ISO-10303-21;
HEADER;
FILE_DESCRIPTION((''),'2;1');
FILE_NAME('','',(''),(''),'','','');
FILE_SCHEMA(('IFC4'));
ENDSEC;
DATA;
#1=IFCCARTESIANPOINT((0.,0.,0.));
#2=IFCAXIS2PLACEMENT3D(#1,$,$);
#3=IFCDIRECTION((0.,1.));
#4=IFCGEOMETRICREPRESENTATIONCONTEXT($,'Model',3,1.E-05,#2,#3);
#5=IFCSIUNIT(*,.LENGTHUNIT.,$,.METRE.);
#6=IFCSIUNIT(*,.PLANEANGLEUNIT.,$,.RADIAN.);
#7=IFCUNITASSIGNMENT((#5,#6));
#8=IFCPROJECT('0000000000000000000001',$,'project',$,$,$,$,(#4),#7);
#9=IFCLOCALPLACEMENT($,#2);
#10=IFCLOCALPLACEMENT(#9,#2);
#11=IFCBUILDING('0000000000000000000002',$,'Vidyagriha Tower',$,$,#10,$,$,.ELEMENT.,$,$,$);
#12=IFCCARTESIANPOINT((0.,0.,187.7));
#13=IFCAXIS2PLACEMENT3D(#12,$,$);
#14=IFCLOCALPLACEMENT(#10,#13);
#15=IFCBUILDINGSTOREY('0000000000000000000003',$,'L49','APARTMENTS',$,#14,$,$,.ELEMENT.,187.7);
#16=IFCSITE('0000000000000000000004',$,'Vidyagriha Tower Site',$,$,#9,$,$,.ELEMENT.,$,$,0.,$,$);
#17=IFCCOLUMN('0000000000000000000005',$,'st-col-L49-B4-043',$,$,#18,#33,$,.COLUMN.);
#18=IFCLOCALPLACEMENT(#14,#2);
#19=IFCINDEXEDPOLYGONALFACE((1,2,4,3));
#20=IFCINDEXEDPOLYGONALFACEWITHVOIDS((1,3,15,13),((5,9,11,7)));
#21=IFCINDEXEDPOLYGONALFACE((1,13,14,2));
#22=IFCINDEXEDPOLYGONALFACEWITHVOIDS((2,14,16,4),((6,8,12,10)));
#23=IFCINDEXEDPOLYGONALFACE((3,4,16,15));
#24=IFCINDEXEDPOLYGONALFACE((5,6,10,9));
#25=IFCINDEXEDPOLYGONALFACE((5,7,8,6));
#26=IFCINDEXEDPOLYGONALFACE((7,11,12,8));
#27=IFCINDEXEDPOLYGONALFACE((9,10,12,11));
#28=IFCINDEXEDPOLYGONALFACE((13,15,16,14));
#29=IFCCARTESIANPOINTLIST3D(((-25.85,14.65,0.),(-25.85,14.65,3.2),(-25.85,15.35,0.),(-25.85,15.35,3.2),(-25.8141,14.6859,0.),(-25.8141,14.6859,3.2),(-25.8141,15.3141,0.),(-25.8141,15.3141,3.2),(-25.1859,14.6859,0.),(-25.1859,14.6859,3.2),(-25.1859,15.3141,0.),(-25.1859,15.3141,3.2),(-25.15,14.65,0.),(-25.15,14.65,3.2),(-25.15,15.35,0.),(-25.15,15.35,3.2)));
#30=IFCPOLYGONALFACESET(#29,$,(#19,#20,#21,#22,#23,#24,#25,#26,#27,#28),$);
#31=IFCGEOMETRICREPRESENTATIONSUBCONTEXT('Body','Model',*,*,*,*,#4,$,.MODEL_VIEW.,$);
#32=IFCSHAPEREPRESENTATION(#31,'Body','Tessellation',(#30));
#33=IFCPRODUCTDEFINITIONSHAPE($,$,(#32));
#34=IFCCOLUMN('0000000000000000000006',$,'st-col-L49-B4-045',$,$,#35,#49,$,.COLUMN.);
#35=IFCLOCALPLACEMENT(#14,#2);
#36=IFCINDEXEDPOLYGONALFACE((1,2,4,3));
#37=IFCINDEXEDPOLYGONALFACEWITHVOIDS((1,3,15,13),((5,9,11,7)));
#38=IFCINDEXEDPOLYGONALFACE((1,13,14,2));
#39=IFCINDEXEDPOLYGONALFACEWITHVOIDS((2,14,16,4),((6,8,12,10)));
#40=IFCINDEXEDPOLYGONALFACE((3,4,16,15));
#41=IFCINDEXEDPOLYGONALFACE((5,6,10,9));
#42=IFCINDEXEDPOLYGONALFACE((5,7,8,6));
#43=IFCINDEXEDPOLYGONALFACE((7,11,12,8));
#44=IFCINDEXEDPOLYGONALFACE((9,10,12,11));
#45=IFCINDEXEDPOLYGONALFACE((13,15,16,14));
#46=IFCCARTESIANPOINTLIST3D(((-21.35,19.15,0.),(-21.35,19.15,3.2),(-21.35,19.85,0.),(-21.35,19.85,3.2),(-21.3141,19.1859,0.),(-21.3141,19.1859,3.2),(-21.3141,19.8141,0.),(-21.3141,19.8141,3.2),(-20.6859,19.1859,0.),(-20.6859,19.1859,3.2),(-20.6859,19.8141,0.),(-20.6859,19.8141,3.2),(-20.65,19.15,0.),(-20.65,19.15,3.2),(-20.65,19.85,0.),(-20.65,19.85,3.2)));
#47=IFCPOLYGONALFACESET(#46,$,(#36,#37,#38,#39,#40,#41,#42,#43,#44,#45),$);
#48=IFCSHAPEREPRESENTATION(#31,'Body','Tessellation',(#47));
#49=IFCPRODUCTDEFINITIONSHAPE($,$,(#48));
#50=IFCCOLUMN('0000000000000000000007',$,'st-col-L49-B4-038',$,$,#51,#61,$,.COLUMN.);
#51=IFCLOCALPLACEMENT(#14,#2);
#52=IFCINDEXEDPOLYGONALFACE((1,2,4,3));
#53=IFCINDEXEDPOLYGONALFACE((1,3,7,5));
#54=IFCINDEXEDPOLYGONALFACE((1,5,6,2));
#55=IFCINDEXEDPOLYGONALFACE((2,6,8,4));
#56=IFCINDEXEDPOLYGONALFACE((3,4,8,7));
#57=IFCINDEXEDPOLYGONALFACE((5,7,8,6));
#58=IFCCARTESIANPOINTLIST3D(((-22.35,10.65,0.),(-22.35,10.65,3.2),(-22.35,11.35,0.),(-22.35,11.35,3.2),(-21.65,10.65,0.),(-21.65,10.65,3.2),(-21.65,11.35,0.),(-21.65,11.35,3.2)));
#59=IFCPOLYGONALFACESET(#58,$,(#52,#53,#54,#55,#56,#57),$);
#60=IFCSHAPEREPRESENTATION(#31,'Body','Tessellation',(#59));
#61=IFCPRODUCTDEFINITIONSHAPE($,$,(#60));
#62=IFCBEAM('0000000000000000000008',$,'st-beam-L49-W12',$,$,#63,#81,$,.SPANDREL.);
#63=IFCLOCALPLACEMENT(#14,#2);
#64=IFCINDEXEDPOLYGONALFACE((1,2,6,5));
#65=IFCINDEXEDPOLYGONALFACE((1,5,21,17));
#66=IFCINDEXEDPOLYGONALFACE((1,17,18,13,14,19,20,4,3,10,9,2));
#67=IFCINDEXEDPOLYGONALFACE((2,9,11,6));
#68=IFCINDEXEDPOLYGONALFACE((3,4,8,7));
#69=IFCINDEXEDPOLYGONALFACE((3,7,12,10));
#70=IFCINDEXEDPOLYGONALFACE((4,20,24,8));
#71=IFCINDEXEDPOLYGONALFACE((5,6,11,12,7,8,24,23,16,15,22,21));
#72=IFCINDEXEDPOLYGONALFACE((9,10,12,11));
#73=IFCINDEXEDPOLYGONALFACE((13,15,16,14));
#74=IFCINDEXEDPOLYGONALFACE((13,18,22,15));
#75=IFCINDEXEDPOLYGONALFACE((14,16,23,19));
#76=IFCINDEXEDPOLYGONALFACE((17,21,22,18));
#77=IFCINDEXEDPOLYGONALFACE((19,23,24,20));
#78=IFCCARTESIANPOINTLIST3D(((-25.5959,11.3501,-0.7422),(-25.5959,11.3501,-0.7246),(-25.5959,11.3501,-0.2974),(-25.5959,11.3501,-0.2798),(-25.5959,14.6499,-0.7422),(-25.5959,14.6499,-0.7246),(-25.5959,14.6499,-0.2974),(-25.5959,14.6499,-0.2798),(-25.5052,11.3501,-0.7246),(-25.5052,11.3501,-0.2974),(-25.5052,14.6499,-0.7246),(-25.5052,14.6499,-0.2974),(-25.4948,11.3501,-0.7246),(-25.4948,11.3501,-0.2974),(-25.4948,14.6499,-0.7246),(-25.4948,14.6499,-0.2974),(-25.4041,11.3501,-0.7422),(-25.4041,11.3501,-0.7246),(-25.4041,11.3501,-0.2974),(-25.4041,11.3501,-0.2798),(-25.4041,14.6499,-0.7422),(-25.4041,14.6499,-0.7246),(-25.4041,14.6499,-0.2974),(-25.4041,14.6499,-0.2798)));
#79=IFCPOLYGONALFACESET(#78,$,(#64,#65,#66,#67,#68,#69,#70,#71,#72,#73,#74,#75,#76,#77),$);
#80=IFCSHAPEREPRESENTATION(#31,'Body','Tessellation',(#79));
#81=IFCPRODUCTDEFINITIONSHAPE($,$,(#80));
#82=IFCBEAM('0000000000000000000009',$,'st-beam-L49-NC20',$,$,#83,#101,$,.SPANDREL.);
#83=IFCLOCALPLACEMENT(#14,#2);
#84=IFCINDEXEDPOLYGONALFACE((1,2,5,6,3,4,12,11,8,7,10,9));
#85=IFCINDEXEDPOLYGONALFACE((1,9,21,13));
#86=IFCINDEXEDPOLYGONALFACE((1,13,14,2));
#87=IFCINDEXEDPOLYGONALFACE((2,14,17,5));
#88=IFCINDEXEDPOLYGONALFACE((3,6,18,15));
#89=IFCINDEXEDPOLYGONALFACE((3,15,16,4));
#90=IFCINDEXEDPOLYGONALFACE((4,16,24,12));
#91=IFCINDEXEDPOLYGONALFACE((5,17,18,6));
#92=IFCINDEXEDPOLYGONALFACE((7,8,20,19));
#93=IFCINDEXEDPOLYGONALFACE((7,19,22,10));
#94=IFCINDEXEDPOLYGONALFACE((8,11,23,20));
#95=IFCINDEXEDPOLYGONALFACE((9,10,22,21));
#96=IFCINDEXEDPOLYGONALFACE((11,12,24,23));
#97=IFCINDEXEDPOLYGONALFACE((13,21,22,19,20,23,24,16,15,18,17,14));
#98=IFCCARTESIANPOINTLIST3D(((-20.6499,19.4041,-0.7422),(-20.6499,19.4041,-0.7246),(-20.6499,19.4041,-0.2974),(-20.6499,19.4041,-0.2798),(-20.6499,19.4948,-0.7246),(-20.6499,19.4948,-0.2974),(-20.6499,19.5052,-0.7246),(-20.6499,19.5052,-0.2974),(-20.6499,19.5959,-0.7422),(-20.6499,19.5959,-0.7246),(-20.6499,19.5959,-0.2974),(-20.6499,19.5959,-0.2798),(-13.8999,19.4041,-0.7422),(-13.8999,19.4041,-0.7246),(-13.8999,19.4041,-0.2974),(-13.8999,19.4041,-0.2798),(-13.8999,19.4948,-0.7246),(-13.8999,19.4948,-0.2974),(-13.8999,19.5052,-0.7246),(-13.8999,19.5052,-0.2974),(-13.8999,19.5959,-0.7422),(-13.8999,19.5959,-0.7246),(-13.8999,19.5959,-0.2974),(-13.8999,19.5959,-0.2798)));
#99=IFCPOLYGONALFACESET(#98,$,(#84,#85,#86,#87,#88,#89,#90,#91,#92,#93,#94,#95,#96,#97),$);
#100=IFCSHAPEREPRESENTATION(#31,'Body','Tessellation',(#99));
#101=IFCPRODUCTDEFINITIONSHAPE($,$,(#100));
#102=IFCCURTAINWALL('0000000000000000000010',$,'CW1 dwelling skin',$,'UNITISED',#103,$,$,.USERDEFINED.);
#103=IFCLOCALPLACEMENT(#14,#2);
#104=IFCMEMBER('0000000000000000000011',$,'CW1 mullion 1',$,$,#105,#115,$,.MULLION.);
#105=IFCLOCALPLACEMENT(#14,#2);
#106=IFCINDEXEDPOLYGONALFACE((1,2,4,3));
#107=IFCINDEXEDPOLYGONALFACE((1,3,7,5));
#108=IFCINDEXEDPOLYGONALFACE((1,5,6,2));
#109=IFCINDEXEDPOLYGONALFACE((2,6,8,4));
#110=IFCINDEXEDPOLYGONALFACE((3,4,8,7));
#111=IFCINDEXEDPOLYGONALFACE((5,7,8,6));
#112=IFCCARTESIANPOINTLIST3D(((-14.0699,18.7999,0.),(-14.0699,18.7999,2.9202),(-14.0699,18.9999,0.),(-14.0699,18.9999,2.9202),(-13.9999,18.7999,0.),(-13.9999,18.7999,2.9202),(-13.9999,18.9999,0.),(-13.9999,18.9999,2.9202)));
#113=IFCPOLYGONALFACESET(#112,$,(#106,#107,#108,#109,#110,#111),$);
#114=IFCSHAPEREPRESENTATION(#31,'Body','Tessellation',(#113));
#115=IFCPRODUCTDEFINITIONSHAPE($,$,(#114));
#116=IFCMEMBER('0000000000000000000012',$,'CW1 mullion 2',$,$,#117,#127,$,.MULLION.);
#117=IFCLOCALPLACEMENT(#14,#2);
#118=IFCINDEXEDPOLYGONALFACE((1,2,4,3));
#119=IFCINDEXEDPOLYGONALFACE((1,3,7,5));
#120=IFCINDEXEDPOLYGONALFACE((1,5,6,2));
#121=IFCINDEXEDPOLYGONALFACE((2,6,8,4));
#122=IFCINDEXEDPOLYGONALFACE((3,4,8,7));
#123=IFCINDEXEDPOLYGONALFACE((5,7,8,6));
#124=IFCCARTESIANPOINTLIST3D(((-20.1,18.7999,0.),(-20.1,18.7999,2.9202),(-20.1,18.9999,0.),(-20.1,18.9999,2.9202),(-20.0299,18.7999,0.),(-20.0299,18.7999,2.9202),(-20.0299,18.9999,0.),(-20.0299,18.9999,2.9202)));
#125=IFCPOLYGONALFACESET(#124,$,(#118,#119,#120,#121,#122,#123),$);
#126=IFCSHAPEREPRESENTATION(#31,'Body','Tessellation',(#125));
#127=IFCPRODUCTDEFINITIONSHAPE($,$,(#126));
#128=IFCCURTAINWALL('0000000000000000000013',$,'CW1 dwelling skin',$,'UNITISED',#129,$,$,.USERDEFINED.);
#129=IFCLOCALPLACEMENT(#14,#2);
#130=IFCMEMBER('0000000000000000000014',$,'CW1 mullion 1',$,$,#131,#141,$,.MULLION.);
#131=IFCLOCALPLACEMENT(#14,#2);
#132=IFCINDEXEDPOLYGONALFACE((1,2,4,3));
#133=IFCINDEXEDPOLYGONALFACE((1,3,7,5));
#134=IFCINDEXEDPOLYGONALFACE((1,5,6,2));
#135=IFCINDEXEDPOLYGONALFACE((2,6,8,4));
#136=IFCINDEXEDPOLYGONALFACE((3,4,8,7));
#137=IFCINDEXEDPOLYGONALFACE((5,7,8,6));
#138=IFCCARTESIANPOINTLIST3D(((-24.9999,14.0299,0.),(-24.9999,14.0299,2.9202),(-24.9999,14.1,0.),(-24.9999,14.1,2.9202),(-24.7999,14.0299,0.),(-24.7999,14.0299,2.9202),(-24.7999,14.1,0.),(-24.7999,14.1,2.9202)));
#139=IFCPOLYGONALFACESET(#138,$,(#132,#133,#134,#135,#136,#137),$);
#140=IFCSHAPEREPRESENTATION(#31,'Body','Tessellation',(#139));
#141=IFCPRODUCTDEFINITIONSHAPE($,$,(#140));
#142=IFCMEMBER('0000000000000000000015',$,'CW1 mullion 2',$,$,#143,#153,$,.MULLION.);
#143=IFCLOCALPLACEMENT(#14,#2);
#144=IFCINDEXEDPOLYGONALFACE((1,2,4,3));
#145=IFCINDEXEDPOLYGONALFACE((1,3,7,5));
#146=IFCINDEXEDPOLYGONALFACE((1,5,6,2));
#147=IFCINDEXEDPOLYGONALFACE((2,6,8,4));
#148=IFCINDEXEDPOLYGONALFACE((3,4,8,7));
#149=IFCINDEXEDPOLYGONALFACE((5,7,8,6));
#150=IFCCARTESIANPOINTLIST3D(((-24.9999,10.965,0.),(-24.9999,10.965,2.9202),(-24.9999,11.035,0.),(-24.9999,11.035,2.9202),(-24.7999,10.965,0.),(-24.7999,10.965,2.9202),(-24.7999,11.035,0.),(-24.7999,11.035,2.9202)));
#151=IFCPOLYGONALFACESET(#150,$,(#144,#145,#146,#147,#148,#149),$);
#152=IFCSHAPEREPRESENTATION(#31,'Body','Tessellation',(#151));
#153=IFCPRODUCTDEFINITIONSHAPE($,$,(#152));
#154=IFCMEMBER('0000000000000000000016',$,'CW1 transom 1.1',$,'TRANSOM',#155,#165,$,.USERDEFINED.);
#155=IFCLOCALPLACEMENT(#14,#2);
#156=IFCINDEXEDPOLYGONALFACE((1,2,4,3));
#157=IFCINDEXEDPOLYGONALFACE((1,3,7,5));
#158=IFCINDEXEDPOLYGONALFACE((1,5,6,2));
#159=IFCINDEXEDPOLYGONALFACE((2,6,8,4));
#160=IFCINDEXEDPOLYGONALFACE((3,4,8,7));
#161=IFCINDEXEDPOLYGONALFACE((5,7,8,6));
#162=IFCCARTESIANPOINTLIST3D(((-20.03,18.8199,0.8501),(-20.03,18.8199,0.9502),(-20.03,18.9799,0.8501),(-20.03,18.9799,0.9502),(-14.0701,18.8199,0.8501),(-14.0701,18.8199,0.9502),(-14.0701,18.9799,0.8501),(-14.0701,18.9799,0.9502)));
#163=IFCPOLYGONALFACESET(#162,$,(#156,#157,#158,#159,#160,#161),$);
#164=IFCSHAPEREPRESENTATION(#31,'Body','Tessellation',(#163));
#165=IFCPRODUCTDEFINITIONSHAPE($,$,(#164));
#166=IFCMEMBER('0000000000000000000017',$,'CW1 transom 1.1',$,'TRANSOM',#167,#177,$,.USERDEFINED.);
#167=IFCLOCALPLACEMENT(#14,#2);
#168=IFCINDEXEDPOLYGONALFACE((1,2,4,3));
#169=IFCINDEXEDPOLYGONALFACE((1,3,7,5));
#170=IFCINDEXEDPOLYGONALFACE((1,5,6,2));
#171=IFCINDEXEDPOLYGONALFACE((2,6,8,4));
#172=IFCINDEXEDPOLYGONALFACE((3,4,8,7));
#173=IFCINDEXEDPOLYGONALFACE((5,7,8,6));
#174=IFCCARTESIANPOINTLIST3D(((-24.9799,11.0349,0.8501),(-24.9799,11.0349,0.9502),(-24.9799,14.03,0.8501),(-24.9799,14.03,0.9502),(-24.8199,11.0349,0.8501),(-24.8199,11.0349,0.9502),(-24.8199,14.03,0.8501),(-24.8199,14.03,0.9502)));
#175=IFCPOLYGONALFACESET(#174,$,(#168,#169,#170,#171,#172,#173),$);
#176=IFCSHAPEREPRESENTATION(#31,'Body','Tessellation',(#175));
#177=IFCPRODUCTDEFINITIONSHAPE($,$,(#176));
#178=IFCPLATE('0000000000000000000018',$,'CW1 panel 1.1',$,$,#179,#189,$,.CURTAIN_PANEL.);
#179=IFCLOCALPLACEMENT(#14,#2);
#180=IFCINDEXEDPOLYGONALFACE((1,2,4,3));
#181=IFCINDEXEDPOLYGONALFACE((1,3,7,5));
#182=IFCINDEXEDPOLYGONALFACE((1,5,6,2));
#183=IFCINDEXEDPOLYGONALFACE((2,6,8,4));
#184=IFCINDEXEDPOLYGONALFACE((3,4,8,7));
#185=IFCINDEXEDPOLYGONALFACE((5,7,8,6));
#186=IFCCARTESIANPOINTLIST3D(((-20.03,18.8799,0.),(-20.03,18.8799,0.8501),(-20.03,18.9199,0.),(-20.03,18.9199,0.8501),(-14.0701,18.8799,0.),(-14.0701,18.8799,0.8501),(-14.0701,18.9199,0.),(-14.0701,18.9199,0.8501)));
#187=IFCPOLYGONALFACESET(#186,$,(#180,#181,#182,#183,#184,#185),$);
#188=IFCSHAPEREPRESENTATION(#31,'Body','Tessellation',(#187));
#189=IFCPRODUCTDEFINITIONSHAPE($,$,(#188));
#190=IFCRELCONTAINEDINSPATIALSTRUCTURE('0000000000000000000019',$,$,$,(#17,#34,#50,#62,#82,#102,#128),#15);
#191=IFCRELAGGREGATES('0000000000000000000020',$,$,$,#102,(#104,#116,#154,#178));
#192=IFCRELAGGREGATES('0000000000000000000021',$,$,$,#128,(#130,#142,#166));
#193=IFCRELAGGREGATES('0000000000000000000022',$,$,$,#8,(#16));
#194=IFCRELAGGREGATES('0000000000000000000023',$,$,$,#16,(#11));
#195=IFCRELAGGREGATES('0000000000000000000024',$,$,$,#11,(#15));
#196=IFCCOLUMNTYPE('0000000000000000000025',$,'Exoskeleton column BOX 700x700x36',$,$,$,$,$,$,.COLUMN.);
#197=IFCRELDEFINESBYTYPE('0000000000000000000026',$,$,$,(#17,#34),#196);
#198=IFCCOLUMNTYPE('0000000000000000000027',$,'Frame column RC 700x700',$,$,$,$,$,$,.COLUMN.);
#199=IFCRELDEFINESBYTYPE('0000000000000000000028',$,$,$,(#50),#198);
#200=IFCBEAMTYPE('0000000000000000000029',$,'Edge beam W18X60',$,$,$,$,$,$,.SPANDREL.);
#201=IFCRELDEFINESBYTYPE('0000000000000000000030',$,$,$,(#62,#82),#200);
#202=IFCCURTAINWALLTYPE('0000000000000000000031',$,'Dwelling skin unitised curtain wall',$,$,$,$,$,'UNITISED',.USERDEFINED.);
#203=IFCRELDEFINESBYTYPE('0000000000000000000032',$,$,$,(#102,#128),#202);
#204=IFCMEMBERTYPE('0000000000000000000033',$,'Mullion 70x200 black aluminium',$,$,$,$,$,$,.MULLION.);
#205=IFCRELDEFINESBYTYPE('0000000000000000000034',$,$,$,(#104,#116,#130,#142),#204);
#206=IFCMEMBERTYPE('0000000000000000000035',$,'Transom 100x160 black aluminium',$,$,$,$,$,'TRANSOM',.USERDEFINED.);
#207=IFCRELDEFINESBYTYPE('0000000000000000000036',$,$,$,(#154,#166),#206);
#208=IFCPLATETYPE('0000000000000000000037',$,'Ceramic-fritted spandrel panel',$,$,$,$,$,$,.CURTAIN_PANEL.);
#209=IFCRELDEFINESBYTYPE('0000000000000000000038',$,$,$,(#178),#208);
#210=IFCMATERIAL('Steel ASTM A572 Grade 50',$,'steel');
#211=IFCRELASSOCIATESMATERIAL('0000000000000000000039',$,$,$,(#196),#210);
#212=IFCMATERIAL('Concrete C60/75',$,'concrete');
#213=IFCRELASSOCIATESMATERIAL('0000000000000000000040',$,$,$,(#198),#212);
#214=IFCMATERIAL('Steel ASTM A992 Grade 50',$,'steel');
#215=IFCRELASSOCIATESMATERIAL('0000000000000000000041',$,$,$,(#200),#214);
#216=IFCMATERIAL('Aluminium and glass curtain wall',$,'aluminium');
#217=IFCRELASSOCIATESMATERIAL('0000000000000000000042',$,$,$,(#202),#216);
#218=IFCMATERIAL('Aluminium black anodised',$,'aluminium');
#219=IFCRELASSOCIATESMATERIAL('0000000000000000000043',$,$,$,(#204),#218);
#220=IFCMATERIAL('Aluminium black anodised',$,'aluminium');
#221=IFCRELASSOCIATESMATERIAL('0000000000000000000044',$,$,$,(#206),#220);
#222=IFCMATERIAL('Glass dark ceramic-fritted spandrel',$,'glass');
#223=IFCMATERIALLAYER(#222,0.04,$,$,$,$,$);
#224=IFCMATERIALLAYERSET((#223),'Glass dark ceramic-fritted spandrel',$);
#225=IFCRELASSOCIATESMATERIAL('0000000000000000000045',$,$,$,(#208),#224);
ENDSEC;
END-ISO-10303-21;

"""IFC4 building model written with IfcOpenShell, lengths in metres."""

from ifc_helpers import new_model, si_unit, direction, frame, origin, origin_2d, place, context, subcontext, project, spatial, rectangle, hollow_rectangle, i_section, extrude, material, layer, layer_set, material_profile, profile_set, type_object, element, aggregate, save


model = new_model("IFC4")

# Units and contexts
model_context = context("Model", 3, precision=1e-05, world=origin(), true_north=direction((0.0, 1.0)))
body_context = subcontext(model_context, "Body", "Model", "MODEL_VIEW")
ifc_project = project(units=[si_unit("LENGTHUNIT", "METRE"), si_unit("PLANEANGLEUNIT", "RADIAN")], contexts=[model_context])

# Site, building, storey
site_placement = place(None, origin())
site = spatial("IfcSite", under=ifc_project, at=site_placement, Name="Vidyagriha Tower Site", CompositionType="ELEMENT", RefElevation=0.0)
building_placement = place(site_placement, origin())
building = spatial("IfcBuilding", under=site, at=building_placement, Name="Vidyagriha Tower", CompositionType="ELEMENT")
storey_placement = place(building_placement, frame((0.0, 0.0, 187.7)))
storey = spatial("IfcBuildingStorey", under=building, at=storey_placement, Name="L49", Description="APARTMENTS", CompositionType="ELEMENT", Elevation=187.7)

# Columns
ifc_material_1 = material(Name="Steel ASTM A572 Grade 50", Category="steel")
ifc_material_profile_1 = material_profile(ifc_material_1, hollow_rectangle(XDim=0.7, YDim=0.7, WallThickness=0.0359, at=origin_2d()), Name="BOX 700x700x36")
ifc_profile_set_1 = profile_set([ifc_material_profile_1], Name="Steel ASTM A572 Grade 50")
column_type_1 = type_object("IfcColumnType", Name="Exoskeleton column BOX 700x700x36", PredefinedType="COLUMN", material=ifc_profile_set_1)
for number, where, name in (
    (1, (-25.5, 15.0, 0.0), "st-col-L49-B4-043"),
    (2, (-21.0, 19.5, 0.0), "st-col-L49-B4-045"),
):
    element("IfcColumn", number, at=place(storey_placement, frame(where)), inside=storey, type_object=column_type_1, Name=name, PredefinedType="COLUMN", context=body_context, shape_type="SweptSolid", body=[
        extrude(hollow_rectangle(XDim=0.7, YDim=0.7, WallThickness=0.0359, at=origin_2d()), origin(), (0.0, 0.0, 1.0), 3.2),
    ])
ifc_material_2 = material(Name="Concrete C60/75", Category="concrete")
ifc_material_profile_2 = material_profile(ifc_material_2, rectangle(XDim=0.7, YDim=0.7, at=origin_2d()), Name="RC 700x700")
ifc_profile_set_2 = profile_set([ifc_material_profile_2], Name="Concrete C60/75")
column_type_2 = type_object("IfcColumnType", Name="Frame column RC 700x700", PredefinedType="COLUMN", material=ifc_profile_set_2)
column_placement = place(storey_placement, frame((-22.0, 11.0, 0.0)))
element("IfcColumn", 3, at=column_placement, inside=storey, type_object=column_type_2, Name="st-col-L49-B4-038", PredefinedType="COLUMN", context=body_context, shape_type="SweptSolid", body=[
    extrude(rectangle(XDim=0.7, YDim=0.7, at=origin_2d()), origin(), (0.0, 0.0, 1.0), 3.2),
])

# Beams
ifc_material_3 = material(Name="Steel ASTM A992 Grade 50", Category="steel")
ifc_material_profile_3 = material_profile(ifc_material_3, i_section(OverallWidth=0.1919, OverallDepth=0.4624, WebThickness=0.0105, FlangeThickness=0.0176, at=origin_2d()), Name="W18X60")
ifc_profile_set_3 = profile_set([ifc_material_profile_3], Name="Steel ASTM A992 Grade 50")
beam_type = type_object("IfcBeamType", Name="Edge beam W18X60", PredefinedType="SPANDREL", material=ifc_profile_set_3)
beam_1_placement = place(storey_placement, frame((-25.5, 11.3501, -0.511), z_axis=(0.0, 1.0, 0.0), x_axis=(-1.0, 0.0, 0.0)))
element("IfcBeam", 4, at=beam_1_placement, inside=storey, type_object=beam_type, Name="st-beam-L49-W12", PredefinedType="SPANDREL", context=body_context, shape_type="SweptSolid", body=[
    extrude(i_section(OverallWidth=0.1919, OverallDepth=0.4624, WebThickness=0.0105, FlangeThickness=0.0176, at=origin_2d()), origin(), (0.0, 0.0, 1.0), 3.2998),
])
beam_2_placement = place(storey_placement, frame((-20.6499, 19.5, -0.511), z_axis=(1.0, 0.0, 0.0), x_axis=(0.0, 1.0, 0.0)))
element("IfcBeam", 5, at=beam_2_placement, inside=storey, type_object=beam_type, Name="st-beam-L49-NC20", PredefinedType="SPANDREL", context=body_context, shape_type="SweptSolid", body=[
    extrude(i_section(OverallWidth=0.1919, OverallDepth=0.4624, WebThickness=0.0105, FlangeThickness=0.0176, at=origin_2d()), origin(), (0.0, 0.0, 1.0), 6.75),
])

# Curtain walls, members
ifc_material_4 = material(Name="Aluminium and glass curtain wall", Category="aluminium")
curtain_wall_type = type_object("IfcCurtainWallType", Name="Dwelling skin unitised curtain wall", ElementType="UNITISED", PredefinedType="USERDEFINED", material=ifc_material_4)
curtain_wall_1_placement = place(storey_placement, origin())
curtain_wall_1 = element("IfcCurtainWall", 6, at=curtain_wall_1_placement, inside=storey, type_object=curtain_wall_type, Name="CW1 dwelling skin", ObjectType="UNITISED", PredefinedType="USERDEFINED")
ifc_material_5 = material(Name="Aluminium black anodised", Category="aluminium")
ifc_material_profile_4 = material_profile(ifc_material_5, rectangle(XDim=0.2, YDim=0.0701, at=origin_2d()), Name="Mullion 70x200 black aluminium")
ifc_profile_set_4 = profile_set([ifc_material_profile_4], Name="Aluminium black anodised")
member_type_1 = type_object("IfcMemberType", Name="Mullion 70x200 black aluminium", PredefinedType="MULLION", material=ifc_profile_set_4)
member_1_placement = place(storey_placement, frame((-14.0349, 18.8999, 0.0), z_axis=(0.0, 0.0, 1.0), x_axis=(0.0, -1.0, 0.0)))
member_1 = element("IfcMember", 7, at=member_1_placement, type_object=member_type_1, Name="CW1 mullion 1", PredefinedType="MULLION", context=body_context, shape_type="SweptSolid", body=[
    extrude(rectangle(XDim=0.2, YDim=0.0701, at=origin_2d()), origin(), (0.0, 0.0, 1.0), 2.9202),
])
member_2_placement = place(storey_placement, frame((-20.0649, 18.8999, 0.0), z_axis=(0.0, 0.0, 1.0), x_axis=(0.0, -1.0, 0.0)))
member_2 = element("IfcMember", 8, at=member_2_placement, type_object=member_type_1, Name="CW1 mullion 2", PredefinedType="MULLION", context=body_context, shape_type="SweptSolid", body=[
    extrude(rectangle(XDim=0.2, YDim=0.0701, at=origin_2d()), origin(), (0.0, 0.0, 1.0), 2.9202),
])
curtain_wall_2_placement = place(storey_placement, origin())
curtain_wall_2 = element("IfcCurtainWall", 9, at=curtain_wall_2_placement, inside=storey, type_object=curtain_wall_type, Name="CW1 dwelling skin", ObjectType="UNITISED", PredefinedType="USERDEFINED")
member_3_placement = place(storey_placement, frame((-24.8999, 14.0649, 0.0)))
member_3 = element("IfcMember", 10, at=member_3_placement, type_object=member_type_1, Name="CW1 mullion 1", PredefinedType="MULLION", context=body_context, shape_type="SweptSolid", body=[
    extrude(rectangle(XDim=0.2, YDim=0.0701, at=origin_2d()), origin(), (0.0, 0.0, 1.0), 2.9202),
])
member_4_placement = place(storey_placement, frame((-24.8999, 11.0, 0.0)))
member_4 = element("IfcMember", 11, at=member_4_placement, type_object=member_type_1, Name="CW1 mullion 2", PredefinedType="MULLION", context=body_context, shape_type="SweptSolid", body=[
    extrude(rectangle(XDim=0.2, YDim=0.0701, at=origin_2d()), origin(), (0.0, 0.0, 1.0), 2.9202),
])

# Members
ifc_material_6 = material(Name="Aluminium black anodised", Category="aluminium")
ifc_material_profile_5 = material_profile(ifc_material_6, rectangle(XDim=0.1599, YDim=0.1001, at=origin_2d()), Name="Transom 100x160 black aluminium")
ifc_profile_set_5 = profile_set([ifc_material_profile_5], Name="Aluminium black anodised")
member_type_2 = type_object("IfcMemberType", Name="Transom 100x160 black aluminium", ElementType="TRANSOM", PredefinedType="USERDEFINED", material=ifc_profile_set_5)
member_5_placement = place(storey_placement, frame((-14.0701, 18.8999, 0.9001), z_axis=(-1.0, 0.0, 0.0), x_axis=(0.0, -1.0, 0.0)))
member_5 = element("IfcMember", 12, at=member_5_placement, type_object=member_type_2, Name="CW1 transom 1.1", ObjectType="TRANSOM", PredefinedType="USERDEFINED", context=body_context, shape_type="SweptSolid", body=[
    extrude(rectangle(XDim=0.1599, YDim=0.1001, at=origin_2d()), origin(), (0.0, 0.0, 1.0), 5.96),
])
member_6_placement = place(storey_placement, frame((-24.8999, 14.03, 0.9001), z_axis=(0.0, -1.0, 0.0), x_axis=(1.0, 0.0, 0.0)))
member_6 = element("IfcMember", 13, at=member_6_placement, type_object=member_type_2, Name="CW1 transom 1.1", ObjectType="TRANSOM", PredefinedType="USERDEFINED", context=body_context, shape_type="SweptSolid", body=[
    extrude(rectangle(XDim=0.1599, YDim=0.1001, at=origin_2d()), origin(), (0.0, 0.0, 1.0), 2.9951),
])

# Plate
ifc_material_7 = material(Name="Glass dark ceramic-fritted spandrel", Category="glass")
ifc_layer_1 = layer(ifc_material_7, 0.04)
ifc_layer_set_1 = layer_set([ifc_layer_1], Name="Glass dark ceramic-fritted spandrel")
plate_type_1 = type_object("IfcPlateType", Name="Ceramic-fritted spandrel panel", PredefinedType="CURTAIN_PANEL", material=ifc_layer_set_1)
plate_1_placement = place(storey_placement, frame((-17.05, 18.8999, 0.0), z_axis=(0.0, 0.0, 1.0), x_axis=(-1.0, 0.0, 0.0)))
plate_1 = element("IfcPlate", 14, at=plate_1_placement, type_object=plate_type_1, Name="CW1 panel 1.1", PredefinedType="CURTAIN_PANEL", context=body_context, shape_type="SweptSolid", body=[
    extrude(rectangle(XDim=5.96, YDim=0.04, at=origin_2d()), origin(), (0.0, 0.0, 1.0), 0.8501),
])
aggregate(curtain_wall_1, [member_1, member_2, member_5, plate_1])
aggregate(curtain_wall_2, [member_3, member_4, member_6])

save(model, "model.ifc")
